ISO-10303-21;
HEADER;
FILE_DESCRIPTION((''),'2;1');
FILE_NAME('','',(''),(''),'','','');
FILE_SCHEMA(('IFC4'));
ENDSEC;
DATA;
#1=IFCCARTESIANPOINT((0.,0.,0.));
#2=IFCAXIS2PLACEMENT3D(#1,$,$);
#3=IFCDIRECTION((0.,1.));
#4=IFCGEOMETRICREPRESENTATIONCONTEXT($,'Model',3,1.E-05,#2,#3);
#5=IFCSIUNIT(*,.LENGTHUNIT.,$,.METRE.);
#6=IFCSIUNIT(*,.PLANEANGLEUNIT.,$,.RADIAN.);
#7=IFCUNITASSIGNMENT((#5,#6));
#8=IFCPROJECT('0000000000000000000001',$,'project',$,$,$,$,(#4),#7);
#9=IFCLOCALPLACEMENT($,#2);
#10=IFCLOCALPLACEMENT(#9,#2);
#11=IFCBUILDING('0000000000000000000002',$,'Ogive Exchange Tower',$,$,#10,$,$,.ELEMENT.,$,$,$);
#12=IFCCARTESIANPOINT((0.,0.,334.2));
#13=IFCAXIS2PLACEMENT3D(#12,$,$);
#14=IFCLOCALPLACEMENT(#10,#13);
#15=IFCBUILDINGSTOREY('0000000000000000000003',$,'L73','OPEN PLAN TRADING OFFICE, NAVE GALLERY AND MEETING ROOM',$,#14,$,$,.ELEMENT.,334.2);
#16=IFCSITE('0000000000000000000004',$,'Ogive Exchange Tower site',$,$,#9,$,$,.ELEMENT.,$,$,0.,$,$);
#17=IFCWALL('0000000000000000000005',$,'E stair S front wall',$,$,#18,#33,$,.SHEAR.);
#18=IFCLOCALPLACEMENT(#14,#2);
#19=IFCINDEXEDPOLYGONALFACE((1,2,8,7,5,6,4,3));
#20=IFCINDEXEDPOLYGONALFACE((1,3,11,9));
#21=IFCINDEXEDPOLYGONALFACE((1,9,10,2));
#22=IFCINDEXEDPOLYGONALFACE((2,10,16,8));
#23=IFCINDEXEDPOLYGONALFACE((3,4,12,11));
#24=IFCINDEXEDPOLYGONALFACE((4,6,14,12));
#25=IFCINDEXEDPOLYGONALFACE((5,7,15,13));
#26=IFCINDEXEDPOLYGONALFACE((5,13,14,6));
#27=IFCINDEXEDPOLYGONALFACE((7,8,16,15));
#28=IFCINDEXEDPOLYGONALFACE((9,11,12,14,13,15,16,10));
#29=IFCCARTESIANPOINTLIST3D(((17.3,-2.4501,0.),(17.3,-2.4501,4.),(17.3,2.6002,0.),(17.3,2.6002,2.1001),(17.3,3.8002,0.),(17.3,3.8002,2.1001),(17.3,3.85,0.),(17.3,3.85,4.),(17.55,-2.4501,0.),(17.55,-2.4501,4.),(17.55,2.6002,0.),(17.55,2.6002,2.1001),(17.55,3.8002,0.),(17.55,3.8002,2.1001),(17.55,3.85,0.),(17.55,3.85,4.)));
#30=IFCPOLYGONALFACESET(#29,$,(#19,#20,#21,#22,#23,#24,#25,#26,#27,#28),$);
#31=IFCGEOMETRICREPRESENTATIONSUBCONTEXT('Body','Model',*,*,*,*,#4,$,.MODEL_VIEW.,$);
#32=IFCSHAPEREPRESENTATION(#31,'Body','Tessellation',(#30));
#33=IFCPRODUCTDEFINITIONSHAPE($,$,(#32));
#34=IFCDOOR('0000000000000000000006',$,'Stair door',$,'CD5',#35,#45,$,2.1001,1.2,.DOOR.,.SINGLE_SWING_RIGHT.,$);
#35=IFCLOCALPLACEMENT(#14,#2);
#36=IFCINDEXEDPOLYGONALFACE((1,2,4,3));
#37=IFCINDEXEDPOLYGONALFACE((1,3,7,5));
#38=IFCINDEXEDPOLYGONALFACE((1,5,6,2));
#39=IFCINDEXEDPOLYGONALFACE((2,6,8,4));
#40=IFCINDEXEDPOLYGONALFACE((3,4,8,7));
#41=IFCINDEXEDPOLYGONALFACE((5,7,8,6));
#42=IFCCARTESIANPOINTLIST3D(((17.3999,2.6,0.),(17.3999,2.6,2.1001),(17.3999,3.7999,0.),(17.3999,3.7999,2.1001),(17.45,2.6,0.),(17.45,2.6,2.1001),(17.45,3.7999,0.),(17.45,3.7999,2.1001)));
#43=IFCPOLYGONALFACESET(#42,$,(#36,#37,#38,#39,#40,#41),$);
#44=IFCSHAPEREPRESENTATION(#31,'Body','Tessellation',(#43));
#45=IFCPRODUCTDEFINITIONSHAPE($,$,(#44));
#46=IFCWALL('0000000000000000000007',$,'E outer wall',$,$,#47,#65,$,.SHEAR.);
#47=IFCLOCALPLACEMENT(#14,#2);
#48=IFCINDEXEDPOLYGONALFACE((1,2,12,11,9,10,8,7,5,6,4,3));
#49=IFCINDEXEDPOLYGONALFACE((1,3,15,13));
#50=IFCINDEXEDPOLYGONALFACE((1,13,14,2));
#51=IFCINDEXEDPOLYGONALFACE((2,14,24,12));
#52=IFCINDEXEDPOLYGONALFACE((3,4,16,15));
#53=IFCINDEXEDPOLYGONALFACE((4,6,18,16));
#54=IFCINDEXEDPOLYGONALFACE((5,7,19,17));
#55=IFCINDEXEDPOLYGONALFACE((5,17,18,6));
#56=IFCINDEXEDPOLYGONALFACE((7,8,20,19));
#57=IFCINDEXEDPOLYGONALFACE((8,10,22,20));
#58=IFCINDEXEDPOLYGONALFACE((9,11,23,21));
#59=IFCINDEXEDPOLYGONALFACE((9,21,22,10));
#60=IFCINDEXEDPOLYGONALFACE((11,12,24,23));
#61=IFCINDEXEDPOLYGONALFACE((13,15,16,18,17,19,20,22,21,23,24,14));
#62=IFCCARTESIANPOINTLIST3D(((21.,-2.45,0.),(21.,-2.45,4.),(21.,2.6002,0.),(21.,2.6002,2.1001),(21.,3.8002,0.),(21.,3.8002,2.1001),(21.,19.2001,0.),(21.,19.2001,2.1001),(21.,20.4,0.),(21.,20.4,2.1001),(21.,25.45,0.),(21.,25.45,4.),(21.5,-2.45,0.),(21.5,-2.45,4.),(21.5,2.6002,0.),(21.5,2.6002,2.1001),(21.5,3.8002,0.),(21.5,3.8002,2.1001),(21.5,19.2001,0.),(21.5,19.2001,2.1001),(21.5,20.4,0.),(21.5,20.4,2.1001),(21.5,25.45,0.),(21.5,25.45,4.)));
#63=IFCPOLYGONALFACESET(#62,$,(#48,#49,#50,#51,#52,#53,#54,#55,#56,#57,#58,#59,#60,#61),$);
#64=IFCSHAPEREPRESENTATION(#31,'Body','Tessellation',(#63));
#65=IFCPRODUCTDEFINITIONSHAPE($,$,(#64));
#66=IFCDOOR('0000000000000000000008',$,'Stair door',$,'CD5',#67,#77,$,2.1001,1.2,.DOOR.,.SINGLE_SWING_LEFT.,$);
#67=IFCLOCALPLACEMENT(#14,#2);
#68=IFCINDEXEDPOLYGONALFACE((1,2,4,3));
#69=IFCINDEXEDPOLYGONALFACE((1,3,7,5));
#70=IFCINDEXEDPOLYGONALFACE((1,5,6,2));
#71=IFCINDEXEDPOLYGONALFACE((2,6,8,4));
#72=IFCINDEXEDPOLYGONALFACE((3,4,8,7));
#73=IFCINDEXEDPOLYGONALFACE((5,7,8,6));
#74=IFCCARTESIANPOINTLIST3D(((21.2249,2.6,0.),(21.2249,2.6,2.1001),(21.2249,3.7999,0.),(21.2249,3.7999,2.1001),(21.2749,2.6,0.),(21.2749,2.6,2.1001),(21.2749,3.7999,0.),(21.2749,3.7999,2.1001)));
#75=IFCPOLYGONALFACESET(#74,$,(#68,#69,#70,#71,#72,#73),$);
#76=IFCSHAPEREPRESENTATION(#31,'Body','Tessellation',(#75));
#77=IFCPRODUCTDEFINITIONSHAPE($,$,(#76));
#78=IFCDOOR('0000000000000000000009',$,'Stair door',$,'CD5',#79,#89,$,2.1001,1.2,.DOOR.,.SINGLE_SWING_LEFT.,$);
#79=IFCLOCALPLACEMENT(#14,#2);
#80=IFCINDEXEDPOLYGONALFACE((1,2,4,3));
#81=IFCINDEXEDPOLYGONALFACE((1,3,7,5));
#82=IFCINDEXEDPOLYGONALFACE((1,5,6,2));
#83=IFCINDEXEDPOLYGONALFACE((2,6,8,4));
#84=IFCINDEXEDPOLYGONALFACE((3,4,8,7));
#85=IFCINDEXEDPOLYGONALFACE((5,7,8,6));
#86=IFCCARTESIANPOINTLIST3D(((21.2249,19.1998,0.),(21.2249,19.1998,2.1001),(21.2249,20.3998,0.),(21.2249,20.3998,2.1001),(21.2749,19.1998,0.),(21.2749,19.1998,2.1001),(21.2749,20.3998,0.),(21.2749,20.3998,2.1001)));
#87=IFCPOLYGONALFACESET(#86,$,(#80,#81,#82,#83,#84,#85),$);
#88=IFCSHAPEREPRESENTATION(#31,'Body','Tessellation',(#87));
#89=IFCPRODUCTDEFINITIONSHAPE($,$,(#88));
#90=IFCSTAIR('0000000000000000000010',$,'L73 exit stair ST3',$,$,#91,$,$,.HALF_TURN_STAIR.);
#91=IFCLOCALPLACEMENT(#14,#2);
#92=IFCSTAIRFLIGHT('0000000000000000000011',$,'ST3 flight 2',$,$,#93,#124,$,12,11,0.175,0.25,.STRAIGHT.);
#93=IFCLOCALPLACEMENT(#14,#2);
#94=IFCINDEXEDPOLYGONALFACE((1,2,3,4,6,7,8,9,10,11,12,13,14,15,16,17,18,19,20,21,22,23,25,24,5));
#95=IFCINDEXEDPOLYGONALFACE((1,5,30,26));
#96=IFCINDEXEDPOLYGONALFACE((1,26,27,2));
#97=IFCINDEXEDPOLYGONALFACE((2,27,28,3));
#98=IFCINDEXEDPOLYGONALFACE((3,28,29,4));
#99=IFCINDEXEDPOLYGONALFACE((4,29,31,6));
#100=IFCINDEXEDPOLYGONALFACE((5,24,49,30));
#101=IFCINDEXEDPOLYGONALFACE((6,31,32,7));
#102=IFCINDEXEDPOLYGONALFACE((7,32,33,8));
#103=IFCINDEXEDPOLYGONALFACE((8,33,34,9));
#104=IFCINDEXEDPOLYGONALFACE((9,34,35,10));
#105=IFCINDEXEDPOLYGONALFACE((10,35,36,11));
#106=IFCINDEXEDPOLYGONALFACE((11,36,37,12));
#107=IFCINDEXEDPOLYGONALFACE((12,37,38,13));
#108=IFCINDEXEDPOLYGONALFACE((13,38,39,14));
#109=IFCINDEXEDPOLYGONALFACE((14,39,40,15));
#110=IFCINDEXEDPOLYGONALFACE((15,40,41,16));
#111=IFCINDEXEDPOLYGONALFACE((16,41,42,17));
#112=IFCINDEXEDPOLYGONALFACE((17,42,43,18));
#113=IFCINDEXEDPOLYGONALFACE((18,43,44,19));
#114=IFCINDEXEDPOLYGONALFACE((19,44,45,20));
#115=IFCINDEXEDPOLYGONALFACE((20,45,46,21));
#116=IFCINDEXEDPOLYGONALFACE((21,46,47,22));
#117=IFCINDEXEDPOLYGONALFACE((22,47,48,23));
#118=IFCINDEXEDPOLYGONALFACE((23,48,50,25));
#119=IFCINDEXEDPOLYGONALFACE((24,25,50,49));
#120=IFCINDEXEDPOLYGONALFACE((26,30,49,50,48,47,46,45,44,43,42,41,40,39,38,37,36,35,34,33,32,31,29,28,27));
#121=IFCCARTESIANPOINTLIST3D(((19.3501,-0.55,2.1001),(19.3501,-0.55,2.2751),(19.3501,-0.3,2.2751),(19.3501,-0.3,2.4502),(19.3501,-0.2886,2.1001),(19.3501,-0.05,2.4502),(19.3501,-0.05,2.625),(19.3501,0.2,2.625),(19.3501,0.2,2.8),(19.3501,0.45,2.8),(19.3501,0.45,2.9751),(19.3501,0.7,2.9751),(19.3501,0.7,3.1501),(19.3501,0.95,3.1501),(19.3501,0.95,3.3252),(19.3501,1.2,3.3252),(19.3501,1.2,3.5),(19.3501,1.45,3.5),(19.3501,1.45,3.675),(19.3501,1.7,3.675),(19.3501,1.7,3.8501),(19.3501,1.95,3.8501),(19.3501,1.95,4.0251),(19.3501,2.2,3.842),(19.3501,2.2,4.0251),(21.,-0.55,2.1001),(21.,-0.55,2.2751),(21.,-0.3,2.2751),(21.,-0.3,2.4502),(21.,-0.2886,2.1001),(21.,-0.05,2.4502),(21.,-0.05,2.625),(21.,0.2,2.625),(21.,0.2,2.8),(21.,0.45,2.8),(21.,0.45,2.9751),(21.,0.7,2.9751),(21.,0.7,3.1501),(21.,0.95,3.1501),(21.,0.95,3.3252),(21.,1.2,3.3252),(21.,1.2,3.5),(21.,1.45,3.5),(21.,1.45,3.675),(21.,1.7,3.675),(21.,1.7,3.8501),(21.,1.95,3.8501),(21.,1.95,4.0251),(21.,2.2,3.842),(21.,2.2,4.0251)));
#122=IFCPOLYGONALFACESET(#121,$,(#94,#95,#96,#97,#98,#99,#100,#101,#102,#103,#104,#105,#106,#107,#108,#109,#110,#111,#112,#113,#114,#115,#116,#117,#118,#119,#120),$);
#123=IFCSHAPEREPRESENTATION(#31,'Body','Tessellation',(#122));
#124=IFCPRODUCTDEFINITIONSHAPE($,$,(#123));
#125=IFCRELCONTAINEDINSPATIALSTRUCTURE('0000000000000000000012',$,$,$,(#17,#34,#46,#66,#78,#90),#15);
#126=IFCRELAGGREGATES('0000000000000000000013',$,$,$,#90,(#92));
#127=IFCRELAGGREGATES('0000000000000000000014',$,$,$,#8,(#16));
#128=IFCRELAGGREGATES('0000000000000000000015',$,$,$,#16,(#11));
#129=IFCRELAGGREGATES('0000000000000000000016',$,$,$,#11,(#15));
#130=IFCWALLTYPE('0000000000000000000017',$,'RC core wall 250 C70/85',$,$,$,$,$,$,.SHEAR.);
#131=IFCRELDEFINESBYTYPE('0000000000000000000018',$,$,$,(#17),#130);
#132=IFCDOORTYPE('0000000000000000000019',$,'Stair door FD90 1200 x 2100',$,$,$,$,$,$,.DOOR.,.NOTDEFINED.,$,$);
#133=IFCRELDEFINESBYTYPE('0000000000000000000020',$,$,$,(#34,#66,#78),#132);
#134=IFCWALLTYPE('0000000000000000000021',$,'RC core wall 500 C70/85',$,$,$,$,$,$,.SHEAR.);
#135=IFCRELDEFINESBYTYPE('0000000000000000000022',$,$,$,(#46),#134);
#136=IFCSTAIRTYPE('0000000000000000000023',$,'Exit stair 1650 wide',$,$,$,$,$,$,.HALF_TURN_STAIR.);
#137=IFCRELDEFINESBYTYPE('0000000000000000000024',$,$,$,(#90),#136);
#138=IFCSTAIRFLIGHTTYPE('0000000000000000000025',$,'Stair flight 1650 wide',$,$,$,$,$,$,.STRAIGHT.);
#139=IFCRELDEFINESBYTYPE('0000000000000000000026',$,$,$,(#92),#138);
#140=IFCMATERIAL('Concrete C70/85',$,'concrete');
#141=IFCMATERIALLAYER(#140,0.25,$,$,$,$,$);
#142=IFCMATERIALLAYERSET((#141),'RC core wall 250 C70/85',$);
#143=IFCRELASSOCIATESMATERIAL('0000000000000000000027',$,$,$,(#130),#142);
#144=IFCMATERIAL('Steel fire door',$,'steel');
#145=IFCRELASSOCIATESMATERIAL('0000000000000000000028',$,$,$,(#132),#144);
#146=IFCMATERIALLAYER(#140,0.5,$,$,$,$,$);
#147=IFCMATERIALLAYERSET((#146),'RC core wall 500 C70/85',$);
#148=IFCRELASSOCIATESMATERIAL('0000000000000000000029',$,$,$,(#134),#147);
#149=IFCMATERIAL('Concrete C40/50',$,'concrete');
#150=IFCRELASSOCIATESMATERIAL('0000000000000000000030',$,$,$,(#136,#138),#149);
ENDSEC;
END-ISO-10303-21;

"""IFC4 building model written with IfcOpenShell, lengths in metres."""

from ifc_helpers import new_model, si_unit, direction, frame, frame_2d, origin, place, context, subcontext, project, spatial, polyline, rectangle, outline, extrude, material, layer, layer_set, type_object, element, fill, aggregate, save


model = new_model("IFC4")

# Units and contexts
model_context = context("Model", 3, precision=1e-05, world=origin(), true_north=direction((0.0, 1.0)))
body_context = subcontext(model_context, "Body", "Model", "MODEL_VIEW")
ifc_project = project(units=[si_unit("LENGTHUNIT", "METRE"), si_unit("PLANEANGLEUNIT", "RADIAN")], contexts=[model_context])

# Site, building, storey
site_placement = place(None, origin())
site = spatial("IfcSite", under=ifc_project, at=site_placement, Name="Ogive Exchange Tower site", CompositionType="ELEMENT", RefElevation=0.0)
building_placement = place(site_placement, origin())
building = spatial("IfcBuilding", under=site, at=building_placement, Name="Ogive Exchange Tower", CompositionType="ELEMENT")
storey_placement = place(building_placement, frame((0.0, 0.0, 334.2)))
storey = spatial("IfcBuildingStorey", under=building, at=storey_placement, Name="L73", Description="OPEN PLAN TRADING OFFICE, NAVE GALLERY AND MEETING ROOM", CompositionType="ELEMENT", Elevation=334.2)

# Wall, opening, door
ifc_material_1 = material(Name="Concrete C70/85", Category="concrete")
ifc_layer_1 = layer(ifc_material_1, 0.25)
ifc_layer_set_1 = layer_set([ifc_layer_1], Name="RC core wall 250 C70/85")
wall_type_1 = type_object("IfcWallType", Name="RC core wall 250 C70/85", PredefinedType="SHEAR", material=ifc_layer_set_1)
wall_1_placement = place(storey_placement, frame((17.425, -2.45, 0.0), z_axis=(0.0, 0.0, 1.0), x_axis=(0.0, 1.0, 0.0)))
wall_1 = element("IfcWall", 1, at=wall_1_placement, inside=storey, type_object=wall_type_1, Name="E stair S front wall", PredefinedType="SHEAR", context=body_context, shape_type="SweptSolid", body=[
    extrude(rectangle(XDim=6.3, YDim=0.25, at=frame_2d((3.1499, 0.0))), origin(), (0.0, 0.0, 1.0), 4.0),
])
opening_1_placement = place(wall_1_placement, frame((5.05, 0.0, 0.0)))
opening_1 = element("IfcOpeningElement", 2, at=opening_1_placement, cuts=wall_1, PredefinedType="OPENING", context=body_context, shape_type="SweptSolid", body=[
    extrude(rectangle(XDim=1.2, YDim=2.1001, at=frame_2d((0.6001, 1.05))), frame((0.0, 0.135, 0.0), z_axis=(0.0, -1.0, 0.0), x_axis=(1.0, 0.0, 0.0)), (0.0, 0.0, 1.0), 0.27),
])
ifc_material_2 = material(Name="Steel fire door", Category="steel")
door_type_1 = type_object("IfcDoorType", Name="Stair door FD90 1200 x 2100", OperationType="NOTDEFINED", PredefinedType="DOOR", material=ifc_material_2)
door_1_placement = place(opening_1_placement, frame((1.2, 0.0, 0.0), z_axis=(0.0, 0.0, 1.0), x_axis=(-1.0, 0.0, 0.0)))
door_1 = element("IfcDoor", 3, at=door_1_placement, inside=storey, type_object=door_type_1, Name="Stair door", ObjectType="CD5", OperationType="SINGLE_SWING_RIGHT", OverallHeight=2.1001, OverallWidth=1.2, PredefinedType="DOOR", context=body_context, shape_type="SweptSolid", body=[
    extrude(rectangle(XDim=1.2, YDim=2.1001, at=frame_2d((0.6001, 1.05))), frame((0.0, 0.0249, 0.0), z_axis=(0.0, -1.0, 0.0), x_axis=(1.0, 0.0, 0.0)), (0.0, 0.0, 1.0), 0.05),
])
fill(opening_1, door_1)

# Wall, openings, doors
ifc_layer_2 = layer(ifc_material_1, 0.5)
ifc_layer_set_2 = layer_set([ifc_layer_2], Name="RC core wall 500 C70/85")
wall_type_2 = type_object("IfcWallType", Name="RC core wall 500 C70/85", PredefinedType="SHEAR", material=ifc_layer_set_2)
wall_2_placement = place(storey_placement, frame((21.25, -2.45, 0.0), z_axis=(0.0, 0.0, 1.0), x_axis=(0.0, 1.0, 0.0)))
wall_2 = element("IfcWall", 4, at=wall_2_placement, inside=storey, type_object=wall_type_2, Name="E outer wall", PredefinedType="SHEAR", context=body_context, shape_type="SweptSolid", body=[
    extrude(rectangle(XDim=27.8999, YDim=0.5, at=frame_2d((13.95, 0.0))), origin(), (0.0, 0.0, 1.0), 4.0),
])
opening_2_placement = place(wall_2_placement, frame((5.05, 0.0, 0.0)))
opening_2 = element("IfcOpeningElement", 5, at=opening_2_placement, cuts=wall_2, PredefinedType="OPENING", context=body_context, shape_type="SweptSolid", body=[
    extrude(rectangle(XDim=1.2, YDim=2.1001, at=frame_2d((0.6001, 1.05))), frame((0.0, 0.26, 0.0), z_axis=(0.0, -1.0, 0.0), x_axis=(1.0, 0.0, 0.0)), (0.0, 0.0, 1.0), 0.52),
])
opening_3_placement = place(wall_2_placement, frame((21.6499, 0.0, 0.0)))
opening_3 = element("IfcOpeningElement", 6, at=opening_3_placement, cuts=wall_2, PredefinedType="OPENING", context=body_context, shape_type="SweptSolid", body=[
    extrude(rectangle(XDim=1.2, YDim=2.1001, at=frame_2d((0.6001, 1.05))), frame((0.0, 0.26, 0.0), z_axis=(0.0, -1.0, 0.0), x_axis=(1.0, 0.0, 0.0)), (0.0, 0.0, 1.0), 0.52),
])
door_2_placement = place(opening_2_placement, frame((1.2, 0.0, 0.0), z_axis=(0.0, 0.0, 1.0), x_axis=(-1.0, 0.0, 0.0)))
door_2 = element("IfcDoor", 7, at=door_2_placement, inside=storey, type_object=door_type_1, Name="Stair door", ObjectType="CD5", OperationType="SINGLE_SWING_LEFT", OverallHeight=2.1001, OverallWidth=1.2, PredefinedType="DOOR", context=body_context, shape_type="SweptSolid", body=[
    extrude(rectangle(XDim=1.2, YDim=2.1001, at=frame_2d((0.6001, 1.05))), frame((0.0, 0.0249, 0.0), z_axis=(0.0, -1.0, 0.0), x_axis=(1.0, 0.0, 0.0)), (0.0, 0.0, 1.0), 0.05),
])
fill(opening_2, door_2)
door_3_placement = place(opening_3_placement, frame((1.2, 0.0, 0.0), z_axis=(0.0, 0.0, 1.0), x_axis=(-1.0, 0.0, 0.0)))
door_3 = element("IfcDoor", 8, at=door_3_placement, inside=storey, type_object=door_type_1, Name="Stair door", ObjectType="CD5", OperationType="SINGLE_SWING_LEFT", OverallHeight=2.1001, OverallWidth=1.2, PredefinedType="DOOR", context=body_context, shape_type="SweptSolid", body=[
    extrude(rectangle(XDim=1.2, YDim=2.1001, at=frame_2d((0.6001, 1.05))), frame((0.0, 0.0249, 0.0), z_axis=(0.0, -1.0, 0.0), x_axis=(1.0, 0.0, 0.0)), (0.0, 0.0, 1.0), 0.05),
])
fill(opening_3, door_3)

# Stair, stair flight
ifc_material_3 = material(Name="Concrete C40/50", Category="concrete")
stair_type = type_object("IfcStairType", Name="Exit stair 1650 wide", PredefinedType="HALF_TURN_STAIR", material=ifc_material_3)
stair_placement = place(storey_placement, origin())
stair = element("IfcStair", 9, at=stair_placement, inside=storey, type_object=stair_type, Name="L73 exit stair ST3", PredefinedType="HALF_TURN_STAIR")
stair_flight_type = type_object("IfcStairFlightType", Name="Stair flight 1650 wide", PredefinedType="STRAIGHT", material=ifc_material_3)
stair_flight_placement = place(storey_placement, frame((20.175, -0.55, 2.1001), z_axis=(0.0, 0.0, 1.0), x_axis=(0.0, 1.0, 0.0)))
stair_flight = element("IfcStairFlight", 10, at=stair_flight_placement, type_object=stair_flight_type, Name="ST3 flight 2", NumberOfRisers=12, NumberOfTreads=11, PredefinedType="STRAIGHT", RiserHeight=0.175, TreadLength=0.25, context=body_context, shape_type="SweptSolid", body=[
    extrude(outline(polyline([(0.0, 0.0), (0.0, 0.175), (0.25, 0.175), (0.25, 0.3501), (0.5, 0.3501), (0.5, 0.5249), (0.75, 0.5249), (0.75, 0.7), (1.0, 0.7), (1.0, 0.875), (1.25, 0.875), (1.25, 1.05), (1.5, 1.05), (1.5, 1.2251), (1.75, 1.2251), (1.75, 1.3999), (2.0, 1.3999), (2.0, 1.575), (2.25, 1.575), (2.25, 1.75), (2.5, 1.75), (2.5, 1.925), (2.75, 1.925), (2.75, 2.1001), (2.75, 1.7419), (0.2615, 0.0), (0.0, 0.0)])), frame((0.0, 0.825, 0.0), z_axis=(0.0, -1.0, 0.0), x_axis=(1.0, 0.0, 0.0)), (0.0, 0.0, 1.0), 1.6499),
])
aggregate(stair, [stair_flight])

save(model, "model.ifc")
